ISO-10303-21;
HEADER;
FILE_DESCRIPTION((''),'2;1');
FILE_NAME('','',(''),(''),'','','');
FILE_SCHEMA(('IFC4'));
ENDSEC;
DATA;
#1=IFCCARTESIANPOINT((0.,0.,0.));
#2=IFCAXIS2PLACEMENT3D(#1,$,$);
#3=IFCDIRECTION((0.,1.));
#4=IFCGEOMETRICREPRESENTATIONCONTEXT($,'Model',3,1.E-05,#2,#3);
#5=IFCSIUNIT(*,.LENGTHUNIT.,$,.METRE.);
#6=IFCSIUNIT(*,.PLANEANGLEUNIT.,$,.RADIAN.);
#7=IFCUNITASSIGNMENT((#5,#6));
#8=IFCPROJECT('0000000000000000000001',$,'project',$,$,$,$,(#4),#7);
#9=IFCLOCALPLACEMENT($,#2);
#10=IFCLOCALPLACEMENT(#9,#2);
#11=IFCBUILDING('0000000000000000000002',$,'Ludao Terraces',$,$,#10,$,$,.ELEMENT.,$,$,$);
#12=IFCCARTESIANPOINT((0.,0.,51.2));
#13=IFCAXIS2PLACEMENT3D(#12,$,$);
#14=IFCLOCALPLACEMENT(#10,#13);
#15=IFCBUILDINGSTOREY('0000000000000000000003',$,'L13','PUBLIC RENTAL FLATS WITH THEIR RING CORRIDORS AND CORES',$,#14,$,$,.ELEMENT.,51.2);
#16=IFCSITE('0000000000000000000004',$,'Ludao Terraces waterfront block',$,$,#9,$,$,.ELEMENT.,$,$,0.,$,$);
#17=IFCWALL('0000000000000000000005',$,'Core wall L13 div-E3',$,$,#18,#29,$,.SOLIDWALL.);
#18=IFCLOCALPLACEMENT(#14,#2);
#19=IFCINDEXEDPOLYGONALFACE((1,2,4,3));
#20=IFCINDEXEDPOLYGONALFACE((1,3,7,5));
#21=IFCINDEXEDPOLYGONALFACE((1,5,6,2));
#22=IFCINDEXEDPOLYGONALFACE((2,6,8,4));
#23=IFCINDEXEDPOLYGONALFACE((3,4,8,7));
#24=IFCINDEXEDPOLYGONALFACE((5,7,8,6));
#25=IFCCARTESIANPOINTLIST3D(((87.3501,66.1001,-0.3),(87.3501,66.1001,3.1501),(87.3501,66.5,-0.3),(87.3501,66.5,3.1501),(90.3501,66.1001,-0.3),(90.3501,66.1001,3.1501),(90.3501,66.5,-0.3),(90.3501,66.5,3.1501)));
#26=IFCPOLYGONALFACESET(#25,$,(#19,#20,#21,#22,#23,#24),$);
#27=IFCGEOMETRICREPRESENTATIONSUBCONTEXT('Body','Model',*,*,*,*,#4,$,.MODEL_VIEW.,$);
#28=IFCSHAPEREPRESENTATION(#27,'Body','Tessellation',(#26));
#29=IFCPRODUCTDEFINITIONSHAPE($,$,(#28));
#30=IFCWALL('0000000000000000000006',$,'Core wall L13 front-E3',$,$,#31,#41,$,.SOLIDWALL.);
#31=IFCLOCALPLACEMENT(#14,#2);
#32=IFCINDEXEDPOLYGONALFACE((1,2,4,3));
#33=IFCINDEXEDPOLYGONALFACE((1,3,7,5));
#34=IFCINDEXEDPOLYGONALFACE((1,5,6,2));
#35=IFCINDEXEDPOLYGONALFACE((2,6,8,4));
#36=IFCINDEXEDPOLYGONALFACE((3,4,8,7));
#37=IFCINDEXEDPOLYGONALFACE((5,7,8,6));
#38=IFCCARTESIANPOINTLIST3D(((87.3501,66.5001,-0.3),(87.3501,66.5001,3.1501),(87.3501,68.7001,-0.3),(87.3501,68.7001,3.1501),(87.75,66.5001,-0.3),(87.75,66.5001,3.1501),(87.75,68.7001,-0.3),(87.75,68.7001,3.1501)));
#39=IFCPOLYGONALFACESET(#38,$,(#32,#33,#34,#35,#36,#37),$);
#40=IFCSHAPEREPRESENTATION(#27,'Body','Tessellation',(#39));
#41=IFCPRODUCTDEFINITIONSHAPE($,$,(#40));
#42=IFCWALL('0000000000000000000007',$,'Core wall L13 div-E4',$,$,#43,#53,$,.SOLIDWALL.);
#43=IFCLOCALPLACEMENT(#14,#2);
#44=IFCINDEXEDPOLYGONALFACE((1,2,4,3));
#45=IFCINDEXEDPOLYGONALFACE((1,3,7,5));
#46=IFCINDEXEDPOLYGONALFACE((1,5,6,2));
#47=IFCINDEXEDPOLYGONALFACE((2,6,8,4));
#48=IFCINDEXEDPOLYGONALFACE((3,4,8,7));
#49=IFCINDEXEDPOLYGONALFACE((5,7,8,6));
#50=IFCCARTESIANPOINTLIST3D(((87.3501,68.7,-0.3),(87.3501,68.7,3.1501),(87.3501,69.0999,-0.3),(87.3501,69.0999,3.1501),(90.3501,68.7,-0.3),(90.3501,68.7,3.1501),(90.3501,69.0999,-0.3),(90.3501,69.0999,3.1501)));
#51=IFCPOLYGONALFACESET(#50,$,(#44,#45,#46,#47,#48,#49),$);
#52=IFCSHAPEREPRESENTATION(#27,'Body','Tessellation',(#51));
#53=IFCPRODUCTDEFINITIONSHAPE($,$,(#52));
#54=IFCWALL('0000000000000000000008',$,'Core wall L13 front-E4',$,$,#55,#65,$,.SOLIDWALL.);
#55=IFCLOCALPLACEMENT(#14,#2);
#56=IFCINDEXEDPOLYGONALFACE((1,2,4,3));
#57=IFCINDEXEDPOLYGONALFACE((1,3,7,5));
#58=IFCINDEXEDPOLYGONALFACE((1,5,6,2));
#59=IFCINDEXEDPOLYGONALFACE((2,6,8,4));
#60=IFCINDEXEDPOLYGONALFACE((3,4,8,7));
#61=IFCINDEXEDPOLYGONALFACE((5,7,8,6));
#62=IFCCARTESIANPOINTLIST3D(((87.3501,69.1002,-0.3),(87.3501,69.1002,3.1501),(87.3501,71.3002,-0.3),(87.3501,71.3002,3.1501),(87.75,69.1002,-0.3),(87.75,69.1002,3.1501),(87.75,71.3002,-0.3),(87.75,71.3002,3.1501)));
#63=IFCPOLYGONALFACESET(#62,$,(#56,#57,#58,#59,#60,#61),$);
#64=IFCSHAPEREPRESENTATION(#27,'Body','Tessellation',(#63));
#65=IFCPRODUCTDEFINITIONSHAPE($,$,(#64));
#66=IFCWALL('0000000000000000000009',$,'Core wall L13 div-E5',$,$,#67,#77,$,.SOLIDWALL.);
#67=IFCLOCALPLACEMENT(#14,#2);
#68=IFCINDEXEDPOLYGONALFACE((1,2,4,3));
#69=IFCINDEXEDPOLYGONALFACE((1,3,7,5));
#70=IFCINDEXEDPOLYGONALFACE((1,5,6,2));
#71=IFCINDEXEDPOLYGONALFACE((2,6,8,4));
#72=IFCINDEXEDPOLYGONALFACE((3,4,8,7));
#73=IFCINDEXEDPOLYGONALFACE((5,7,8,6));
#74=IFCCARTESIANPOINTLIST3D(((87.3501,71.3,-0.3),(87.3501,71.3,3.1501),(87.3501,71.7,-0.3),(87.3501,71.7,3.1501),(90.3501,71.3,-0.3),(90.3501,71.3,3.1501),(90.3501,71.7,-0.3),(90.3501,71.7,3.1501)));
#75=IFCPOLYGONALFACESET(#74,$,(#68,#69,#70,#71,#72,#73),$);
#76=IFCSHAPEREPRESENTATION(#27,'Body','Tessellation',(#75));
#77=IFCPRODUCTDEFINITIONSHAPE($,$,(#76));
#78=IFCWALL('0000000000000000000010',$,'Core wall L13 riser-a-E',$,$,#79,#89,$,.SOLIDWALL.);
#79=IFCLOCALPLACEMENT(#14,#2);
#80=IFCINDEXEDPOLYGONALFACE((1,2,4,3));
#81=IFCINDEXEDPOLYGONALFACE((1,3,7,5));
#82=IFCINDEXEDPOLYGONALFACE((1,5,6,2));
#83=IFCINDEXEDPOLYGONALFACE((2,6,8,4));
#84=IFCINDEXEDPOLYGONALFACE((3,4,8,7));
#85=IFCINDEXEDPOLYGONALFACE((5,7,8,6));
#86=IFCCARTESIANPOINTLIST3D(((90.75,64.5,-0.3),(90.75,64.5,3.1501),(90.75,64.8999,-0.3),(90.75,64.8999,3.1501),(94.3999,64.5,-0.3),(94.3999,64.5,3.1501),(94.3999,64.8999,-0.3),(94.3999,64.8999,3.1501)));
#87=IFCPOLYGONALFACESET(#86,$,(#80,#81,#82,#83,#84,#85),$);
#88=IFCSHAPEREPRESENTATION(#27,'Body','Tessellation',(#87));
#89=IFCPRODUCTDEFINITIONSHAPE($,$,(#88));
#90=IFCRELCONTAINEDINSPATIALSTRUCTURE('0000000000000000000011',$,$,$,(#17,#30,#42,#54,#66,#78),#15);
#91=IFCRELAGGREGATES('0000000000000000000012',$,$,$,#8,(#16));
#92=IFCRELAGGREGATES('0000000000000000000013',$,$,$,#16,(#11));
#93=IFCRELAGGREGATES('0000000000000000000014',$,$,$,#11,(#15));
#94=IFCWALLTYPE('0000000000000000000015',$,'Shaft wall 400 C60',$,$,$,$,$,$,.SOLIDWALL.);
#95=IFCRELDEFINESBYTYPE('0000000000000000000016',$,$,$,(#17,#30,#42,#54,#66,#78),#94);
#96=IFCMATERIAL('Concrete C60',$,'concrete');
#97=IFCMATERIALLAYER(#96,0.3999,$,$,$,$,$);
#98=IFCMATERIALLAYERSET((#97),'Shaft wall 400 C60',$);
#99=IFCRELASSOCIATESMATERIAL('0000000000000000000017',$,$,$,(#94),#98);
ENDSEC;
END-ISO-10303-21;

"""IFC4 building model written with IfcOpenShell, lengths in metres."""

from ifc_helpers import new_model, si_unit, direction, frame, frame_2d, origin, place, context, subcontext, project, spatial, rectangle, extrude, material, layer, layer_set, type_object, element, save


model = new_model("IFC4")

# Units and contexts
model_context = context("Model", 3, precision=1e-05, world=origin(), true_north=direction((0.0, 1.0)))
body_context = subcontext(model_context, "Body", "Model", "MODEL_VIEW")
ifc_project = project(units=[si_unit("LENGTHUNIT", "METRE"), si_unit("PLANEANGLEUNIT", "RADIAN")], contexts=[model_context])

# Site, building, storey
site_placement = place(None, origin())
site = spatial("IfcSite", under=ifc_project, at=site_placement, Name="Ludao Terraces waterfront block", CompositionType="ELEMENT", RefElevation=0.0)
building_placement = place(site_placement, origin())
building = spatial("IfcBuilding", under=site, at=building_placement, Name="Ludao Terraces", CompositionType="ELEMENT")
storey_placement = place(building_placement, frame((0.0, 0.0, 51.2)))
storey = spatial("IfcBuildingStorey", under=building, at=storey_placement, Name="L13", Description="PUBLIC RENTAL FLATS WITH THEIR RING CORRIDORS AND CORES", CompositionType="ELEMENT", Elevation=51.2)

# Shared definitions
ifc_material_1 = material(Name="Concrete C60", Category="concrete")
ifc_layer_1 = layer(ifc_material_1, 0.3999)
ifc_layer_set_1 = layer_set([ifc_layer_1], Name="Shaft wall 400 C60")
wall_type_1 = type_object("IfcWallType", Name="Shaft wall 400 C60", PredefinedType="SOLIDWALL", material=ifc_layer_set_1)

# Walls
wall_1_placement = place(storey_placement, frame((87.3501, 66.3, -0.3), z_axis=(0.0, 0.0, 1.0), x_axis=(1.0, 0.0, 0.0)))
element("IfcWall", 1, at=wall_1_placement, inside=storey, type_object=wall_type_1, Name="Core wall L13 div-E3", PredefinedType="SOLIDWALL", context=body_context, shape_type="SweptSolid", body=[
    extrude(rectangle(XDim=3.0, YDim=0.3999, at=frame_2d((1.5, 0.0))), origin(), (0.0, 0.0, 1.0), 3.4502),
])
wall_2_placement = place(storey_placement, frame((87.55, 66.5, -0.3), z_axis=(0.0, 0.0, 1.0), x_axis=(0.0, 1.0, 0.0)))
element("IfcWall", 2, at=wall_2_placement, inside=storey, type_object=wall_type_1, Name="Core wall L13 front-E3", PredefinedType="SOLIDWALL", context=body_context, shape_type="SweptSolid", body=[
    extrude(rectangle(XDim=2.2, YDim=0.3999, at=frame_2d((1.1001, 0.0))), origin(), (0.0, 0.0, 1.0), 3.4502),
])
wall_3_placement = place(storey_placement, frame((87.3501, 68.8999, -0.3), z_axis=(0.0, 0.0, 1.0), x_axis=(1.0, 0.0, 0.0)))
element("IfcWall", 3, at=wall_3_placement, inside=storey, type_object=wall_type_1, Name="Core wall L13 div-E4", PredefinedType="SOLIDWALL", context=body_context, shape_type="SweptSolid", body=[
    extrude(rectangle(XDim=3.0, YDim=0.3999, at=frame_2d((1.5, 0.0))), origin(), (0.0, 0.0, 1.0), 3.4502),
])
wall_4_placement = place(storey_placement, frame((87.55, 69.1001, -0.3), z_axis=(0.0, 0.0, 1.0), x_axis=(0.0, 1.0, 0.0)))
element("IfcWall", 4, at=wall_4_placement, inside=storey, type_object=wall_type_1, Name="Core wall L13 front-E4", PredefinedType="SOLIDWALL", context=body_context, shape_type="SweptSolid", body=[
    extrude(rectangle(XDim=2.2, YDim=0.3999, at=frame_2d((1.1001, 0.0))), origin(), (0.0, 0.0, 1.0), 3.4502),
])
wall_5_placement = place(storey_placement, frame((87.3501, 71.5, -0.3), z_axis=(0.0, 0.0, 1.0), x_axis=(1.0, 0.0, 0.0)))
element("IfcWall", 5, at=wall_5_placement, inside=storey, type_object=wall_type_1, Name="Core wall L13 div-E5", PredefinedType="SOLIDWALL", context=body_context, shape_type="SweptSolid", body=[
    extrude(rectangle(XDim=3.0, YDim=0.3999, at=frame_2d((1.5, 0.0))), origin(), (0.0, 0.0, 1.0), 3.4502),
])
wall_6_placement = place(storey_placement, frame((90.75, 64.7, -0.3), z_axis=(0.0, 0.0, 1.0), x_axis=(1.0, 0.0, 0.0)))
element("IfcWall", 6, at=wall_6_placement, inside=storey, type_object=wall_type_1, Name="Core wall L13 riser-a-E", PredefinedType="SOLIDWALL", context=body_context, shape_type="SweptSolid", body=[
    extrude(rectangle(XDim=3.6499, YDim=0.3999, at=frame_2d((1.825, 0.0))), origin(), (0.0, 0.0, 1.0), 3.4502),
])

save(model, "model.ifc")
